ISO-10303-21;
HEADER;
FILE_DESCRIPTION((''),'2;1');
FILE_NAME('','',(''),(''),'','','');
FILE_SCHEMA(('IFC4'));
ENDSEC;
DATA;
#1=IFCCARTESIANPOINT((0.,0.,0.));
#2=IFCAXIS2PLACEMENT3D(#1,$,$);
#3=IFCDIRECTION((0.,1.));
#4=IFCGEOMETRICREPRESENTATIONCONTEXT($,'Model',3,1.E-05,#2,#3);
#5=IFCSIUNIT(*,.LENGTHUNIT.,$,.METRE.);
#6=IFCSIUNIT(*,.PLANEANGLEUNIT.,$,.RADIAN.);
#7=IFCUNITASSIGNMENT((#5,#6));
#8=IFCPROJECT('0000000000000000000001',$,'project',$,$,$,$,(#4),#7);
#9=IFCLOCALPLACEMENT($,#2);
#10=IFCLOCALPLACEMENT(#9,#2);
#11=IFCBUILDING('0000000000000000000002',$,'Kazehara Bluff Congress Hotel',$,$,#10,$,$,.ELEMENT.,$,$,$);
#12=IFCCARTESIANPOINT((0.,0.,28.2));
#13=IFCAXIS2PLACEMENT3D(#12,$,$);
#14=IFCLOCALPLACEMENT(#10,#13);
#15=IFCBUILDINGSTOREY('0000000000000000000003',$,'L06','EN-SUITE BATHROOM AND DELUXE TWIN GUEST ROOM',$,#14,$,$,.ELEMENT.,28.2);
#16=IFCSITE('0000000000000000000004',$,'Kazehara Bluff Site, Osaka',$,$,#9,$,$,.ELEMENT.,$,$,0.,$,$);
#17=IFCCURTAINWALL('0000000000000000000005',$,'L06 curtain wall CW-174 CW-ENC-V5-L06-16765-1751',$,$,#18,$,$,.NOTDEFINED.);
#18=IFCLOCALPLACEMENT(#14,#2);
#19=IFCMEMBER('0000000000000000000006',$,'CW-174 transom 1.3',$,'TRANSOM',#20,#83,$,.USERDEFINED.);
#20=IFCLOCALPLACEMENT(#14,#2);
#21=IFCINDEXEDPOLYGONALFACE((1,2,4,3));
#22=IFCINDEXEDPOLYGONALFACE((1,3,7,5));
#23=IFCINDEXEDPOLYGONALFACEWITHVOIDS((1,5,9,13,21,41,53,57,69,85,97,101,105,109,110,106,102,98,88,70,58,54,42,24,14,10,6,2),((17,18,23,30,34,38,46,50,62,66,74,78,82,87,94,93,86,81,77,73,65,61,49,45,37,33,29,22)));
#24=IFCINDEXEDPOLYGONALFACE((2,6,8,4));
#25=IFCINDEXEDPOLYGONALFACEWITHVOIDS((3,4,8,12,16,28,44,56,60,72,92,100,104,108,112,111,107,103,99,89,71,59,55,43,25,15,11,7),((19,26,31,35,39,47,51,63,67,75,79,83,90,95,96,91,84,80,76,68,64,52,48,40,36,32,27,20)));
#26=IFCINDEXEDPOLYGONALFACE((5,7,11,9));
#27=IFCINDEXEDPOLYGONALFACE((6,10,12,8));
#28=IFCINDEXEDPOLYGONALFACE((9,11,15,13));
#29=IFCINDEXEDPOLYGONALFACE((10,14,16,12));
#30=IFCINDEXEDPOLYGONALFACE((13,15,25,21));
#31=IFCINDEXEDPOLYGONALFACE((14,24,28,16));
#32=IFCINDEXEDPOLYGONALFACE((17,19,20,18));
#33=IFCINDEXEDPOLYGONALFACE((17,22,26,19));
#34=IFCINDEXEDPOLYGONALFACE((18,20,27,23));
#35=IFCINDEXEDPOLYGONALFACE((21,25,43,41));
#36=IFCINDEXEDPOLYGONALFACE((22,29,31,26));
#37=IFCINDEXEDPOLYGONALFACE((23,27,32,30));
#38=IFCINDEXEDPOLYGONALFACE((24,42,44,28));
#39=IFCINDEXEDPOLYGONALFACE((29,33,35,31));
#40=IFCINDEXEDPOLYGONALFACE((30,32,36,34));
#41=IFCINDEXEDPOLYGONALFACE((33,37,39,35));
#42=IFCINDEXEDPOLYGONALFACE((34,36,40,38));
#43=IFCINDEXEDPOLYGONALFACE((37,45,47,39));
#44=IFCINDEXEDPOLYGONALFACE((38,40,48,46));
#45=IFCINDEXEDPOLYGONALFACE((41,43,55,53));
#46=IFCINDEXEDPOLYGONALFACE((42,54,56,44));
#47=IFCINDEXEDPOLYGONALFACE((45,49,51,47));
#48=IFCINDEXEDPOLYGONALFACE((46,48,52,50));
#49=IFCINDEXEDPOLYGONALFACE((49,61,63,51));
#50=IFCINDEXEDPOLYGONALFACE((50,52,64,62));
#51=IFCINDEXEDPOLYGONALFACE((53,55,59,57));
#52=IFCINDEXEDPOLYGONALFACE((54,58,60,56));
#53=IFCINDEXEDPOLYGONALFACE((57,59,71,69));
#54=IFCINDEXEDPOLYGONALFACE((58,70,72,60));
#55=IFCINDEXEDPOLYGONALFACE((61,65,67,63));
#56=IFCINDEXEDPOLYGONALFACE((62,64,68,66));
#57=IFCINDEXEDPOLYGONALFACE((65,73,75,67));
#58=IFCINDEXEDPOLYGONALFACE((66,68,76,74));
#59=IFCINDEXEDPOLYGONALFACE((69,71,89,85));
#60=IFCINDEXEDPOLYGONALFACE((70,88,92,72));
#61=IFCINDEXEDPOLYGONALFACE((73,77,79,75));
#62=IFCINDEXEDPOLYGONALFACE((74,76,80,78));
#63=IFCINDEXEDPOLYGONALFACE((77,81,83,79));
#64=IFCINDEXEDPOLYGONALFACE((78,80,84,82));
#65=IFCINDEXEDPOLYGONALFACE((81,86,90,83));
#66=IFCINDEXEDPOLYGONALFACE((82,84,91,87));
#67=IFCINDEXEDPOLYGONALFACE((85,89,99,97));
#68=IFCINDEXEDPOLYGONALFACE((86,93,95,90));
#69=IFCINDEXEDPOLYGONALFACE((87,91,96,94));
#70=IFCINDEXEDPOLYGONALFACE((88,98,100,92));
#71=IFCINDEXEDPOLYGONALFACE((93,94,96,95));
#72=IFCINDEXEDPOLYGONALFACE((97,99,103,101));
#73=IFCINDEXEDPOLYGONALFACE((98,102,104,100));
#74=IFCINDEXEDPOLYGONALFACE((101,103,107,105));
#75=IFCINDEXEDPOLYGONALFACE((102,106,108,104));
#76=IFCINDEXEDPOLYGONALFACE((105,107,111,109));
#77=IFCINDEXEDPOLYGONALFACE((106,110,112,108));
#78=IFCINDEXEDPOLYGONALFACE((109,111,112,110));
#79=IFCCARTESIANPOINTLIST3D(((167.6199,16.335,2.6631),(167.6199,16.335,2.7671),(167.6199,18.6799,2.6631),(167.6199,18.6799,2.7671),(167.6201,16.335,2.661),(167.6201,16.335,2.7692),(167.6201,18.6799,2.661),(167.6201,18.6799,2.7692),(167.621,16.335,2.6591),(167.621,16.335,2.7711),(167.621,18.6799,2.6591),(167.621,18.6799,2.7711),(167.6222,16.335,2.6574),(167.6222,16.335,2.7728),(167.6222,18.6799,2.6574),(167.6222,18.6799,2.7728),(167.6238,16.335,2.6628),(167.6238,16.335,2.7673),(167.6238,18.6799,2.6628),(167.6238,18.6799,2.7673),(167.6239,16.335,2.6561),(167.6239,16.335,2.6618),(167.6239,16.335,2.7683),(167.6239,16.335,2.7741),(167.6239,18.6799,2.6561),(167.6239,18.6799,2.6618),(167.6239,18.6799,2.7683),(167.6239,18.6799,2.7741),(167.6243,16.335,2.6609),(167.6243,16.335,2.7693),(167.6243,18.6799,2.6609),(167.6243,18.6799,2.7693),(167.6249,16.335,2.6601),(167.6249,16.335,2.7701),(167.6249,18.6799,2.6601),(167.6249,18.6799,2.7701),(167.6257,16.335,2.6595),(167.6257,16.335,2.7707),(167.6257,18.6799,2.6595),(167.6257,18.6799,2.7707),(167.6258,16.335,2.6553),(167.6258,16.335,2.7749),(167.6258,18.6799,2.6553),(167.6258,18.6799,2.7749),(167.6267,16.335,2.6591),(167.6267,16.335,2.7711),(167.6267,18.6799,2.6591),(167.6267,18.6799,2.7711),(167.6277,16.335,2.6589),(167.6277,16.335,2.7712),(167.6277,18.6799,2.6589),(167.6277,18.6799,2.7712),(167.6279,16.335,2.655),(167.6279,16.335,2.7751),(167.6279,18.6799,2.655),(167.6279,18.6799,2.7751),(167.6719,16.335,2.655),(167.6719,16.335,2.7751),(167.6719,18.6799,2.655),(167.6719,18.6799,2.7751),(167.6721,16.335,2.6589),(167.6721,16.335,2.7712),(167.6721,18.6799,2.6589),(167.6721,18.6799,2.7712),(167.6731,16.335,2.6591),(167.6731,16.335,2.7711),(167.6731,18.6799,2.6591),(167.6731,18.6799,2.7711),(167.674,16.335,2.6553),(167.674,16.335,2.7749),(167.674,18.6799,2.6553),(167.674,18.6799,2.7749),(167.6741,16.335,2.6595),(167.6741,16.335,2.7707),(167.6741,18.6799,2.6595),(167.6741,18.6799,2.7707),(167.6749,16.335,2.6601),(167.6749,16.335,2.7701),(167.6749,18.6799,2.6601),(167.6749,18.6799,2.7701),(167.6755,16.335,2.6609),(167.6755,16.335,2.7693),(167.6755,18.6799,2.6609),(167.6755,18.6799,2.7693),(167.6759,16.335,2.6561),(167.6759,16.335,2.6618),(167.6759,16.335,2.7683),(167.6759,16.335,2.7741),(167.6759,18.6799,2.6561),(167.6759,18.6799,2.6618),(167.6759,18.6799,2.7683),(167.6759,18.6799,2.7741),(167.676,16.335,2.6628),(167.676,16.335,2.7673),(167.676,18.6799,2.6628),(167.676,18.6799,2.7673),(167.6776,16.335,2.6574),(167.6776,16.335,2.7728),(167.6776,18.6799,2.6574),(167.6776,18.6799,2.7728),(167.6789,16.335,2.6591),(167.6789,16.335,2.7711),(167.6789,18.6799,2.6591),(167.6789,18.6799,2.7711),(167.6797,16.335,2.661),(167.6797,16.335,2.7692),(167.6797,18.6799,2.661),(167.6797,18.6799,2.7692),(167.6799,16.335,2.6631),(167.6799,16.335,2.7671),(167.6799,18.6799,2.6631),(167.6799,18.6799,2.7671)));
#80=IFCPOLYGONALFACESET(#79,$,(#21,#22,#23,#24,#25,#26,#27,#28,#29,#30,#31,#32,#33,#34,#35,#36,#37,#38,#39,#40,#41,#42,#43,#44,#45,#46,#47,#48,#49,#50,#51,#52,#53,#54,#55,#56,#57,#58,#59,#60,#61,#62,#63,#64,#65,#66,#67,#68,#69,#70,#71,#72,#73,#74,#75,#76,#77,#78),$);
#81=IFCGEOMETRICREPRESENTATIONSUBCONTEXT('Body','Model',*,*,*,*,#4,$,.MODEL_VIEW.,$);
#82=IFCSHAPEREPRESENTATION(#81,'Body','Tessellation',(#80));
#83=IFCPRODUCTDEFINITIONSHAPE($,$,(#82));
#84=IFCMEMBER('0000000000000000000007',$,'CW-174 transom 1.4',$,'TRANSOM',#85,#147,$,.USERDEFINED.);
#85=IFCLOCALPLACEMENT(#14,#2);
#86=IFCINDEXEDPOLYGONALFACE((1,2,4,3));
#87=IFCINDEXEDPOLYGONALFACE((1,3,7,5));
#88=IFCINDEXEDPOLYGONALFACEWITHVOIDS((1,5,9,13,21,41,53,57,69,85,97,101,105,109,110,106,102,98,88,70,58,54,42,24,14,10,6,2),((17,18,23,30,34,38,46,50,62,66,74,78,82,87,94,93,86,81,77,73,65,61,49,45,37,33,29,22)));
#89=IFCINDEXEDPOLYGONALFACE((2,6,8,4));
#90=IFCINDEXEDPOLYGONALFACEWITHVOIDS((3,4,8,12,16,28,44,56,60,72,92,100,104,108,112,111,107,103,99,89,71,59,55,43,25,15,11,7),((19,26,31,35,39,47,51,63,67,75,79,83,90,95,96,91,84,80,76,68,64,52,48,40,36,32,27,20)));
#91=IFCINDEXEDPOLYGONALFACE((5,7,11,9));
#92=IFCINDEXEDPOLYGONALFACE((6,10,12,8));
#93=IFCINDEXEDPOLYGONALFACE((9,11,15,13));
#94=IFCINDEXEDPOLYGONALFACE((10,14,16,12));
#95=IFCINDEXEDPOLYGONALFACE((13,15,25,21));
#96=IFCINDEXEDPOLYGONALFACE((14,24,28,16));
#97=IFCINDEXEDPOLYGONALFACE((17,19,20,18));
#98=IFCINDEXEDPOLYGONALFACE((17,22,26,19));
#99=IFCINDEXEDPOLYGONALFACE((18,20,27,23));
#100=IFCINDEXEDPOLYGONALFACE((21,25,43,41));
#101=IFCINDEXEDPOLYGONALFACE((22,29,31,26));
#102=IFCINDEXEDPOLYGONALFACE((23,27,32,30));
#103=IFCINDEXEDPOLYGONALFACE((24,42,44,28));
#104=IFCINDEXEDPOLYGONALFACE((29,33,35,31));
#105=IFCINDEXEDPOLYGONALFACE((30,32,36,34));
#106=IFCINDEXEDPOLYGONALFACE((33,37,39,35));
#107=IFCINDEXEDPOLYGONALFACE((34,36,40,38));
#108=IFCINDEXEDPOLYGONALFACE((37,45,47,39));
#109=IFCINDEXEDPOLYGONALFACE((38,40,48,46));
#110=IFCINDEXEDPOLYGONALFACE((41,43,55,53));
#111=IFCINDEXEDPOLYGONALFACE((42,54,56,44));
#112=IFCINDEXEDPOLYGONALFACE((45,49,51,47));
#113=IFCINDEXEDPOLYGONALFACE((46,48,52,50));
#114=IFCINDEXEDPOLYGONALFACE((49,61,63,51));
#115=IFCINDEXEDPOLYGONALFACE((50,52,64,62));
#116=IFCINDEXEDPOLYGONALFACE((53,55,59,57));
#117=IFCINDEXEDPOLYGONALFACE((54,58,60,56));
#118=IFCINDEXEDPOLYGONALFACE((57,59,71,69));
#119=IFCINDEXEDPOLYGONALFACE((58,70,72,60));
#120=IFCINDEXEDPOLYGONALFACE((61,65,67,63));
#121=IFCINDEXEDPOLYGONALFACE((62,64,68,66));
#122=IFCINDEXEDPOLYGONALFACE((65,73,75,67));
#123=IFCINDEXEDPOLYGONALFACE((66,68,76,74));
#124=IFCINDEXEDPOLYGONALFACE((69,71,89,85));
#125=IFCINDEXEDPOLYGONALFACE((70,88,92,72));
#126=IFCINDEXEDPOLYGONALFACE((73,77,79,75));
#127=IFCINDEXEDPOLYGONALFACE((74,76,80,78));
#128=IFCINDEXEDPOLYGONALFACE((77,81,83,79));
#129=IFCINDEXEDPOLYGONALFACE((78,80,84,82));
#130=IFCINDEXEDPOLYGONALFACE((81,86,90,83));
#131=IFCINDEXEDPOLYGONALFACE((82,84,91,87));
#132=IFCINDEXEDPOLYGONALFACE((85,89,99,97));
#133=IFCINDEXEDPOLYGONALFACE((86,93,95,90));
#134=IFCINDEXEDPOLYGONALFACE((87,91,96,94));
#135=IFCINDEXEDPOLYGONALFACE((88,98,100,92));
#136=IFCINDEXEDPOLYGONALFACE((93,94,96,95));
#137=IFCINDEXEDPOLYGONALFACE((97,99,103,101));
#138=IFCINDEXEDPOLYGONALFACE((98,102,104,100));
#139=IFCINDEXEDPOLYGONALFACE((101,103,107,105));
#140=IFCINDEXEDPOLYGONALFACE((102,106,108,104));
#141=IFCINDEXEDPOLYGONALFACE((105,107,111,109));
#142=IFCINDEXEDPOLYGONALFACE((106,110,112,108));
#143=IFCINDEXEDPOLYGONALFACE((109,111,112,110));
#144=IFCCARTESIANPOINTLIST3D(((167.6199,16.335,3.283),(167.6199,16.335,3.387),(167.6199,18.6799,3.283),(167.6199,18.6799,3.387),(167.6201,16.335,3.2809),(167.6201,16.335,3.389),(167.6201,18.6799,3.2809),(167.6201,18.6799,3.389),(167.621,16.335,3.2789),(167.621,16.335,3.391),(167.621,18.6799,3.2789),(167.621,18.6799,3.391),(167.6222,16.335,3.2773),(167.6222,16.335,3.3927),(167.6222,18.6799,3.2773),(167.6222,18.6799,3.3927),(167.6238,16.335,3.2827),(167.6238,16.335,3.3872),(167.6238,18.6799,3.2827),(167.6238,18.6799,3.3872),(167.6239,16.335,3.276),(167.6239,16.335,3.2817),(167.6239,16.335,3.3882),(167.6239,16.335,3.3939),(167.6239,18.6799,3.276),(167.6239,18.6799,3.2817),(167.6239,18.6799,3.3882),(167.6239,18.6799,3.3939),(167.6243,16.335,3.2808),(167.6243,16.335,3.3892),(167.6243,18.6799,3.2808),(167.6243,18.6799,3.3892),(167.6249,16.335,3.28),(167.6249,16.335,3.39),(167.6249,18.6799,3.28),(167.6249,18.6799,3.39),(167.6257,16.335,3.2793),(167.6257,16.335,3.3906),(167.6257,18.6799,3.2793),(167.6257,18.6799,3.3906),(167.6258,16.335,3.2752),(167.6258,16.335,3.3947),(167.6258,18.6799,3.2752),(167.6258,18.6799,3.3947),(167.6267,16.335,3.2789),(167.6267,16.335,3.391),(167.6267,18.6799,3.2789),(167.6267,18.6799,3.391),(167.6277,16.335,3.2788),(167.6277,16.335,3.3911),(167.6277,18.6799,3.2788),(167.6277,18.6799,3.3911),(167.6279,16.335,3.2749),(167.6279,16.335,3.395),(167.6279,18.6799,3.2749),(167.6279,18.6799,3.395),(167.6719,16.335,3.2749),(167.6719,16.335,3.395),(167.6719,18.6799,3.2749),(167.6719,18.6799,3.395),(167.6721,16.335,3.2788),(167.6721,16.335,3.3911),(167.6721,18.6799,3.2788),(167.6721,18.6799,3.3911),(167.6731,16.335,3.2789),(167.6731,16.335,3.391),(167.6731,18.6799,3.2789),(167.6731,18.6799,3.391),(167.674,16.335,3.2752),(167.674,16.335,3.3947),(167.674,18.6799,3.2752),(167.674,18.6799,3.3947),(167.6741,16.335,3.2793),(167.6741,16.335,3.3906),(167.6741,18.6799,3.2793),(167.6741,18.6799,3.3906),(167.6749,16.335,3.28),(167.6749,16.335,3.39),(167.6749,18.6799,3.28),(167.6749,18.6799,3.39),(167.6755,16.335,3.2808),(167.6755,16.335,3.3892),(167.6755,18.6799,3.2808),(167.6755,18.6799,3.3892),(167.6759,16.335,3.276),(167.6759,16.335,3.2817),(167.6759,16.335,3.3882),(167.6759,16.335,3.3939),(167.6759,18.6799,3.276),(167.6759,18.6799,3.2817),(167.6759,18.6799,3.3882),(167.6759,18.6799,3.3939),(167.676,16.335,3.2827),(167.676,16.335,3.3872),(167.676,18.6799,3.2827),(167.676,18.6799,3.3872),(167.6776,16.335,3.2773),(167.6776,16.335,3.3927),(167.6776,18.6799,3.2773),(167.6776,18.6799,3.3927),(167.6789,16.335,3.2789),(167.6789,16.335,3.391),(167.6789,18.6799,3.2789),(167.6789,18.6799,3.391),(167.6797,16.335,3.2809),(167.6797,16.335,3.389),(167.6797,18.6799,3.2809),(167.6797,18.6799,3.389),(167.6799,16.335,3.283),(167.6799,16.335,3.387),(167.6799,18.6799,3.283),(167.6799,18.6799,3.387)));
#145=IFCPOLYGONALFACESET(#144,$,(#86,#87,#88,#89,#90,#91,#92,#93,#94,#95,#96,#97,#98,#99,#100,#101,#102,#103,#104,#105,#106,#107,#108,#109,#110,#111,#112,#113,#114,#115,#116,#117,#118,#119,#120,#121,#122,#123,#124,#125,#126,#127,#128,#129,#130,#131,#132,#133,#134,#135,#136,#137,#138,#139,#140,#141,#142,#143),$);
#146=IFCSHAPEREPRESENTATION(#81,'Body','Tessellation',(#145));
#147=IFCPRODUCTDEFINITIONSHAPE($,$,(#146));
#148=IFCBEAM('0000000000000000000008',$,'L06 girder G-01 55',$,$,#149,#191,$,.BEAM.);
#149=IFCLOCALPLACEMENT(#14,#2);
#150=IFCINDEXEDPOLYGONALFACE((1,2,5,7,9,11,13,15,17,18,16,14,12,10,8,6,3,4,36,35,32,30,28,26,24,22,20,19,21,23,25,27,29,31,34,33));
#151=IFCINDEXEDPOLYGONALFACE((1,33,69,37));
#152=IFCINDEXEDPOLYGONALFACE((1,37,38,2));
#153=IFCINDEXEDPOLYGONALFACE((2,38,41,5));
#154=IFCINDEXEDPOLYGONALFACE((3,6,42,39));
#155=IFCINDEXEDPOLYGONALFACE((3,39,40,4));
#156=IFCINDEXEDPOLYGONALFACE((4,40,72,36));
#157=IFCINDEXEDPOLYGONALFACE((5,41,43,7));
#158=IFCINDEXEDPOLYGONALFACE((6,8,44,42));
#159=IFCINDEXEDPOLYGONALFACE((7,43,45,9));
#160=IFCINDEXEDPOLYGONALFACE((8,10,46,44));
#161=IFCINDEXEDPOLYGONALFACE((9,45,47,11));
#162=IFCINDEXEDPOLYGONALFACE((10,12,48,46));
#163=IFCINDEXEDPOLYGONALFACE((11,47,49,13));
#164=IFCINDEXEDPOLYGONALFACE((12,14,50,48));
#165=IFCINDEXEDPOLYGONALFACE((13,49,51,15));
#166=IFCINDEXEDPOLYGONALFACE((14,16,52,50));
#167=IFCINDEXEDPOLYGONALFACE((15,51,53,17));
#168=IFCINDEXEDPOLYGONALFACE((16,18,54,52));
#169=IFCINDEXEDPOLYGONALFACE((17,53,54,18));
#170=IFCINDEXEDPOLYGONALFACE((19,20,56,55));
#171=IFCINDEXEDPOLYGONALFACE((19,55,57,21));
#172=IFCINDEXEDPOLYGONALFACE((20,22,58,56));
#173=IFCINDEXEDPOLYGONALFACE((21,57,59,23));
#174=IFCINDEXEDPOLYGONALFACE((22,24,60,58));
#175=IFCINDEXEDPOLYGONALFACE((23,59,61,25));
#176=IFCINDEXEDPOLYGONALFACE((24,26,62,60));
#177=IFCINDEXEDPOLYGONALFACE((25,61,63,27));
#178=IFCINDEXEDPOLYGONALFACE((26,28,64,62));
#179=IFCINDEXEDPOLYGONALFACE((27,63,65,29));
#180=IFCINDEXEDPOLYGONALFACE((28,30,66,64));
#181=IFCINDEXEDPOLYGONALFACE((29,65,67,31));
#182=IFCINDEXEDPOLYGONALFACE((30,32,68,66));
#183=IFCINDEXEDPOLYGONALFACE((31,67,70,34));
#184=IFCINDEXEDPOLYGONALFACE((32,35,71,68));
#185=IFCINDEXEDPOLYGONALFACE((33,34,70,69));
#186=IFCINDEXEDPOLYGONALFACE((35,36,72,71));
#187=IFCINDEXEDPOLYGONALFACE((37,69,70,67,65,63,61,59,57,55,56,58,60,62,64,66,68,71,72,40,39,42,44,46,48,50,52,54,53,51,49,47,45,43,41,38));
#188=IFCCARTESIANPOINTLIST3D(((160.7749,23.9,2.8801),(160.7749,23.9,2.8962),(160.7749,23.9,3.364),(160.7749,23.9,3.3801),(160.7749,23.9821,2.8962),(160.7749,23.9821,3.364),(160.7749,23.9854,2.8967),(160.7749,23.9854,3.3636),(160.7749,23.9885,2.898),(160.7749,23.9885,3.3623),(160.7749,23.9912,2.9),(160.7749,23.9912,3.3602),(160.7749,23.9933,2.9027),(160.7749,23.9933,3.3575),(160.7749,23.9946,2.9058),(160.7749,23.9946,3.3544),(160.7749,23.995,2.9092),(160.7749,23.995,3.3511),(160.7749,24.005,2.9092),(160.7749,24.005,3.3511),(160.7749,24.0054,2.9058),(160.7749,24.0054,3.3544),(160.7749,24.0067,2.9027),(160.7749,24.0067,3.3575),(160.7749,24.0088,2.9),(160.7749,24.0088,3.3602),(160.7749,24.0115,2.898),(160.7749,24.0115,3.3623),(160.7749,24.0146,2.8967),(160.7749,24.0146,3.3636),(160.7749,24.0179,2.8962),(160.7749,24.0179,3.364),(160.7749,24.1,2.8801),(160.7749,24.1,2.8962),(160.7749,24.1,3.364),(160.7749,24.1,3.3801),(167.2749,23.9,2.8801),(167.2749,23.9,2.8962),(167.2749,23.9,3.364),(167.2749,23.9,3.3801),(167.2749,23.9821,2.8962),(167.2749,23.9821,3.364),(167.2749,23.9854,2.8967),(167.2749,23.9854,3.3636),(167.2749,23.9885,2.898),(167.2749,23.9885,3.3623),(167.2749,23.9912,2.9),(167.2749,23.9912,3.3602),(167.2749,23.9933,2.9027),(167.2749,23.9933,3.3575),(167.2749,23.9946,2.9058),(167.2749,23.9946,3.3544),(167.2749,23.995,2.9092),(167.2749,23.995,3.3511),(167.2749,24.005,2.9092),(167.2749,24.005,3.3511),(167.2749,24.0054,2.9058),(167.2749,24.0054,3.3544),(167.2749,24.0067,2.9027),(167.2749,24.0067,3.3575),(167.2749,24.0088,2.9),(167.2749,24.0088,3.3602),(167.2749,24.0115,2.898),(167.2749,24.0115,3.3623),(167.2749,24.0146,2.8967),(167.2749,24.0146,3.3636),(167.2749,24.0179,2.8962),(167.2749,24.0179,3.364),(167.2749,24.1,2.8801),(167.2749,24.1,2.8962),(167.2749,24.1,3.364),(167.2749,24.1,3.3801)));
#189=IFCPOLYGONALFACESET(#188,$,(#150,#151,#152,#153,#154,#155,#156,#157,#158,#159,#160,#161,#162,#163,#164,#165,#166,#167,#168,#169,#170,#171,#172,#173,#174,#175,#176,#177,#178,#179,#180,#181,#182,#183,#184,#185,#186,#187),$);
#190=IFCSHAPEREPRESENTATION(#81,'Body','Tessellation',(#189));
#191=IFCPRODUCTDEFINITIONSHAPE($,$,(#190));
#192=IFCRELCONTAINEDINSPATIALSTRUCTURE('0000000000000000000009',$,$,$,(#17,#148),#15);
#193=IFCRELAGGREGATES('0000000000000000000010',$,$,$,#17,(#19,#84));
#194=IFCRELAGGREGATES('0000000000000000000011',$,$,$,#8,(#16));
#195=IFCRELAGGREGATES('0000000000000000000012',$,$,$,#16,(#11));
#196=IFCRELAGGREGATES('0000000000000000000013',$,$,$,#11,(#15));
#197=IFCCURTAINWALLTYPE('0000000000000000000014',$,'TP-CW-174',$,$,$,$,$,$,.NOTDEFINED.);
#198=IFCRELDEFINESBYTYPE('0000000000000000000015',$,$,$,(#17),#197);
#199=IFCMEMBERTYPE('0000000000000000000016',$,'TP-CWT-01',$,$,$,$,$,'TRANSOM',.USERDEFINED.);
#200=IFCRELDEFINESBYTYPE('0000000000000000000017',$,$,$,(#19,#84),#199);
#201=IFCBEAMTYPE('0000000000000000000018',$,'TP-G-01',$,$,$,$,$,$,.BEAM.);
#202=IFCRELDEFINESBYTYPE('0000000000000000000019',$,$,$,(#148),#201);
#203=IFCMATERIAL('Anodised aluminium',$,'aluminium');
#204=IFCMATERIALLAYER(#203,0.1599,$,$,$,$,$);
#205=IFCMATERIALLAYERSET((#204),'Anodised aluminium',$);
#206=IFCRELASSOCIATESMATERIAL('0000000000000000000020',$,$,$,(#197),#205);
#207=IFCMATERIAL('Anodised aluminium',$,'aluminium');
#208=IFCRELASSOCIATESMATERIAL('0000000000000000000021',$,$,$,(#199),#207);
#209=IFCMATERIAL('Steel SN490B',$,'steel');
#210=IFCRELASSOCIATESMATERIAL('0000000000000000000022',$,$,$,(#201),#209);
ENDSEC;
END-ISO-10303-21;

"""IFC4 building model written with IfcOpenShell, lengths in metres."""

from ifc_helpers import new_model, si_unit, direction, frame, origin, origin_2d, place, context, subcontext, project, spatial, hollow_rectangle, i_section, extrude, material, layer, layer_set, material_profile, profile_set, type_object, element, aggregate, save


model = new_model("IFC4")

# Units and contexts
model_context = context("Model", 3, precision=1e-05, world=origin(), true_north=direction((0.0, 1.0)))
body_context = subcontext(model_context, "Body", "Model", "MODEL_VIEW")
ifc_project = project(units=[si_unit("LENGTHUNIT", "METRE"), si_unit("PLANEANGLEUNIT", "RADIAN")], contexts=[model_context])

# Site, building, storey
site_placement = place(None, origin())
site = spatial("IfcSite", under=ifc_project, at=site_placement, Name="Kazehara Bluff Site, Osaka", CompositionType="ELEMENT", RefElevation=0.0)
building_placement = place(site_placement, origin())
building = spatial("IfcBuilding", under=site, at=building_placement, Name="Kazehara Bluff Congress Hotel", CompositionType="ELEMENT")
storey_placement = place(building_placement, frame((0.0, 0.0, 28.2)))
storey = spatial("IfcBuildingStorey", under=building, at=storey_placement, Name="L06", Description="EN-SUITE BATHROOM AND DELUXE TWIN GUEST ROOM", CompositionType="ELEMENT", Elevation=28.2)

# Curtain wall, members
ifc_material_1 = material(Name="Anodised aluminium", Category="aluminium")
ifc_layer_1 = layer(ifc_material_1, 0.1599)
ifc_layer_set_1 = layer_set([ifc_layer_1], Name="Anodised aluminium")
curtain_wall_type = type_object("IfcCurtainWallType", Name="TP-CW-174", PredefinedType="NOTDEFINED", material=ifc_layer_set_1)
curtain_wall_placement = place(storey_placement, origin())
curtain_wall = element("IfcCurtainWall", 1, at=curtain_wall_placement, inside=storey, type_object=curtain_wall_type, Name="L06 curtain wall CW-174 CW-ENC-V5-L06-16765-1751", PredefinedType="NOTDEFINED")
ifc_material_2 = material(Name="Anodised aluminium", Category="aluminium")
ifc_material_profile_1 = material_profile(ifc_material_2, hollow_rectangle(XDim=0.0601, YDim=0.1201, WallThickness=0.0039, InnerFilletRadius=0.0039, OuterFilletRadius=0.0081, at=origin_2d()))
ifc_profile_set_1 = profile_set([ifc_material_profile_1], Name="Anodised aluminium")
member_type_1 = type_object("IfcMemberType", Name="TP-CWT-01", ElementType="TRANSOM", PredefinedType="USERDEFINED", material=ifc_profile_set_1)
member_1_placement = place(storey_placement, frame((167.6499, 18.6799, 2.7151), z_axis=(0.0, -1.0, 0.0), x_axis=(1.0, 0.0, 0.0)))
member_1 = element("IfcMember", 2, at=member_1_placement, type_object=member_type_1, Name="CW-174 transom 1.3", ObjectType="TRANSOM", PredefinedType="USERDEFINED", context=body_context, shape_type="SweptSolid", body=[
    extrude(hollow_rectangle(XDim=0.0601, YDim=0.1201, WallThickness=0.0039, InnerFilletRadius=0.0039, OuterFilletRadius=0.0081, at=origin_2d()), origin(), (0.0, 0.0, 1.0), 2.345),
])
member_2_placement = place(storey_placement, frame((167.6499, 18.6799, 3.335), z_axis=(0.0, -1.0, 0.0), x_axis=(1.0, 0.0, 0.0)))
member_2 = element("IfcMember", 3, at=member_2_placement, type_object=member_type_1, Name="CW-174 transom 1.4", ObjectType="TRANSOM", PredefinedType="USERDEFINED", context=body_context, shape_type="SweptSolid", body=[
    extrude(hollow_rectangle(XDim=0.0601, YDim=0.1201, WallThickness=0.0039, InnerFilletRadius=0.0039, OuterFilletRadius=0.0081, at=origin_2d()), origin(), (0.0, 0.0, 1.0), 2.345),
])
aggregate(curtain_wall, [member_1, member_2])

# Beam
ifc_material_3 = material(Name="Steel SN490B", Category="steel")
ifc_material_profile_2 = material_profile(ifc_material_3, i_section(OverallWidth=0.2, OverallDepth=0.5, WebThickness=0.01, FlangeThickness=0.0161, FilletRadius=0.0129, at=origin_2d()))
ifc_profile_set_2 = profile_set([ifc_material_profile_2], Name="Steel SN490B")
beam_type_1 = type_object("IfcBeamType", Name="TP-G-01", PredefinedType="BEAM", material=ifc_profile_set_2)
beam_1_placement = place(storey_placement, frame((160.7749, 24.0, 3.1301), z_axis=(1.0, 0.0, 0.0), x_axis=(0.0, 1.0, 0.0)))
element("IfcBeam", 4, at=beam_1_placement, inside=storey, type_object=beam_type_1, Name="L06 girder G-01 55", PredefinedType="BEAM", context=body_context, shape_type="SweptSolid", body=[
    extrude(i_section(OverallWidth=0.2, OverallDepth=0.5, WebThickness=0.01, FlangeThickness=0.0161, FilletRadius=0.0129, at=origin_2d()), origin(), (0.0, 0.0, 1.0), 6.5),
])

save(model, "model.ifc")
